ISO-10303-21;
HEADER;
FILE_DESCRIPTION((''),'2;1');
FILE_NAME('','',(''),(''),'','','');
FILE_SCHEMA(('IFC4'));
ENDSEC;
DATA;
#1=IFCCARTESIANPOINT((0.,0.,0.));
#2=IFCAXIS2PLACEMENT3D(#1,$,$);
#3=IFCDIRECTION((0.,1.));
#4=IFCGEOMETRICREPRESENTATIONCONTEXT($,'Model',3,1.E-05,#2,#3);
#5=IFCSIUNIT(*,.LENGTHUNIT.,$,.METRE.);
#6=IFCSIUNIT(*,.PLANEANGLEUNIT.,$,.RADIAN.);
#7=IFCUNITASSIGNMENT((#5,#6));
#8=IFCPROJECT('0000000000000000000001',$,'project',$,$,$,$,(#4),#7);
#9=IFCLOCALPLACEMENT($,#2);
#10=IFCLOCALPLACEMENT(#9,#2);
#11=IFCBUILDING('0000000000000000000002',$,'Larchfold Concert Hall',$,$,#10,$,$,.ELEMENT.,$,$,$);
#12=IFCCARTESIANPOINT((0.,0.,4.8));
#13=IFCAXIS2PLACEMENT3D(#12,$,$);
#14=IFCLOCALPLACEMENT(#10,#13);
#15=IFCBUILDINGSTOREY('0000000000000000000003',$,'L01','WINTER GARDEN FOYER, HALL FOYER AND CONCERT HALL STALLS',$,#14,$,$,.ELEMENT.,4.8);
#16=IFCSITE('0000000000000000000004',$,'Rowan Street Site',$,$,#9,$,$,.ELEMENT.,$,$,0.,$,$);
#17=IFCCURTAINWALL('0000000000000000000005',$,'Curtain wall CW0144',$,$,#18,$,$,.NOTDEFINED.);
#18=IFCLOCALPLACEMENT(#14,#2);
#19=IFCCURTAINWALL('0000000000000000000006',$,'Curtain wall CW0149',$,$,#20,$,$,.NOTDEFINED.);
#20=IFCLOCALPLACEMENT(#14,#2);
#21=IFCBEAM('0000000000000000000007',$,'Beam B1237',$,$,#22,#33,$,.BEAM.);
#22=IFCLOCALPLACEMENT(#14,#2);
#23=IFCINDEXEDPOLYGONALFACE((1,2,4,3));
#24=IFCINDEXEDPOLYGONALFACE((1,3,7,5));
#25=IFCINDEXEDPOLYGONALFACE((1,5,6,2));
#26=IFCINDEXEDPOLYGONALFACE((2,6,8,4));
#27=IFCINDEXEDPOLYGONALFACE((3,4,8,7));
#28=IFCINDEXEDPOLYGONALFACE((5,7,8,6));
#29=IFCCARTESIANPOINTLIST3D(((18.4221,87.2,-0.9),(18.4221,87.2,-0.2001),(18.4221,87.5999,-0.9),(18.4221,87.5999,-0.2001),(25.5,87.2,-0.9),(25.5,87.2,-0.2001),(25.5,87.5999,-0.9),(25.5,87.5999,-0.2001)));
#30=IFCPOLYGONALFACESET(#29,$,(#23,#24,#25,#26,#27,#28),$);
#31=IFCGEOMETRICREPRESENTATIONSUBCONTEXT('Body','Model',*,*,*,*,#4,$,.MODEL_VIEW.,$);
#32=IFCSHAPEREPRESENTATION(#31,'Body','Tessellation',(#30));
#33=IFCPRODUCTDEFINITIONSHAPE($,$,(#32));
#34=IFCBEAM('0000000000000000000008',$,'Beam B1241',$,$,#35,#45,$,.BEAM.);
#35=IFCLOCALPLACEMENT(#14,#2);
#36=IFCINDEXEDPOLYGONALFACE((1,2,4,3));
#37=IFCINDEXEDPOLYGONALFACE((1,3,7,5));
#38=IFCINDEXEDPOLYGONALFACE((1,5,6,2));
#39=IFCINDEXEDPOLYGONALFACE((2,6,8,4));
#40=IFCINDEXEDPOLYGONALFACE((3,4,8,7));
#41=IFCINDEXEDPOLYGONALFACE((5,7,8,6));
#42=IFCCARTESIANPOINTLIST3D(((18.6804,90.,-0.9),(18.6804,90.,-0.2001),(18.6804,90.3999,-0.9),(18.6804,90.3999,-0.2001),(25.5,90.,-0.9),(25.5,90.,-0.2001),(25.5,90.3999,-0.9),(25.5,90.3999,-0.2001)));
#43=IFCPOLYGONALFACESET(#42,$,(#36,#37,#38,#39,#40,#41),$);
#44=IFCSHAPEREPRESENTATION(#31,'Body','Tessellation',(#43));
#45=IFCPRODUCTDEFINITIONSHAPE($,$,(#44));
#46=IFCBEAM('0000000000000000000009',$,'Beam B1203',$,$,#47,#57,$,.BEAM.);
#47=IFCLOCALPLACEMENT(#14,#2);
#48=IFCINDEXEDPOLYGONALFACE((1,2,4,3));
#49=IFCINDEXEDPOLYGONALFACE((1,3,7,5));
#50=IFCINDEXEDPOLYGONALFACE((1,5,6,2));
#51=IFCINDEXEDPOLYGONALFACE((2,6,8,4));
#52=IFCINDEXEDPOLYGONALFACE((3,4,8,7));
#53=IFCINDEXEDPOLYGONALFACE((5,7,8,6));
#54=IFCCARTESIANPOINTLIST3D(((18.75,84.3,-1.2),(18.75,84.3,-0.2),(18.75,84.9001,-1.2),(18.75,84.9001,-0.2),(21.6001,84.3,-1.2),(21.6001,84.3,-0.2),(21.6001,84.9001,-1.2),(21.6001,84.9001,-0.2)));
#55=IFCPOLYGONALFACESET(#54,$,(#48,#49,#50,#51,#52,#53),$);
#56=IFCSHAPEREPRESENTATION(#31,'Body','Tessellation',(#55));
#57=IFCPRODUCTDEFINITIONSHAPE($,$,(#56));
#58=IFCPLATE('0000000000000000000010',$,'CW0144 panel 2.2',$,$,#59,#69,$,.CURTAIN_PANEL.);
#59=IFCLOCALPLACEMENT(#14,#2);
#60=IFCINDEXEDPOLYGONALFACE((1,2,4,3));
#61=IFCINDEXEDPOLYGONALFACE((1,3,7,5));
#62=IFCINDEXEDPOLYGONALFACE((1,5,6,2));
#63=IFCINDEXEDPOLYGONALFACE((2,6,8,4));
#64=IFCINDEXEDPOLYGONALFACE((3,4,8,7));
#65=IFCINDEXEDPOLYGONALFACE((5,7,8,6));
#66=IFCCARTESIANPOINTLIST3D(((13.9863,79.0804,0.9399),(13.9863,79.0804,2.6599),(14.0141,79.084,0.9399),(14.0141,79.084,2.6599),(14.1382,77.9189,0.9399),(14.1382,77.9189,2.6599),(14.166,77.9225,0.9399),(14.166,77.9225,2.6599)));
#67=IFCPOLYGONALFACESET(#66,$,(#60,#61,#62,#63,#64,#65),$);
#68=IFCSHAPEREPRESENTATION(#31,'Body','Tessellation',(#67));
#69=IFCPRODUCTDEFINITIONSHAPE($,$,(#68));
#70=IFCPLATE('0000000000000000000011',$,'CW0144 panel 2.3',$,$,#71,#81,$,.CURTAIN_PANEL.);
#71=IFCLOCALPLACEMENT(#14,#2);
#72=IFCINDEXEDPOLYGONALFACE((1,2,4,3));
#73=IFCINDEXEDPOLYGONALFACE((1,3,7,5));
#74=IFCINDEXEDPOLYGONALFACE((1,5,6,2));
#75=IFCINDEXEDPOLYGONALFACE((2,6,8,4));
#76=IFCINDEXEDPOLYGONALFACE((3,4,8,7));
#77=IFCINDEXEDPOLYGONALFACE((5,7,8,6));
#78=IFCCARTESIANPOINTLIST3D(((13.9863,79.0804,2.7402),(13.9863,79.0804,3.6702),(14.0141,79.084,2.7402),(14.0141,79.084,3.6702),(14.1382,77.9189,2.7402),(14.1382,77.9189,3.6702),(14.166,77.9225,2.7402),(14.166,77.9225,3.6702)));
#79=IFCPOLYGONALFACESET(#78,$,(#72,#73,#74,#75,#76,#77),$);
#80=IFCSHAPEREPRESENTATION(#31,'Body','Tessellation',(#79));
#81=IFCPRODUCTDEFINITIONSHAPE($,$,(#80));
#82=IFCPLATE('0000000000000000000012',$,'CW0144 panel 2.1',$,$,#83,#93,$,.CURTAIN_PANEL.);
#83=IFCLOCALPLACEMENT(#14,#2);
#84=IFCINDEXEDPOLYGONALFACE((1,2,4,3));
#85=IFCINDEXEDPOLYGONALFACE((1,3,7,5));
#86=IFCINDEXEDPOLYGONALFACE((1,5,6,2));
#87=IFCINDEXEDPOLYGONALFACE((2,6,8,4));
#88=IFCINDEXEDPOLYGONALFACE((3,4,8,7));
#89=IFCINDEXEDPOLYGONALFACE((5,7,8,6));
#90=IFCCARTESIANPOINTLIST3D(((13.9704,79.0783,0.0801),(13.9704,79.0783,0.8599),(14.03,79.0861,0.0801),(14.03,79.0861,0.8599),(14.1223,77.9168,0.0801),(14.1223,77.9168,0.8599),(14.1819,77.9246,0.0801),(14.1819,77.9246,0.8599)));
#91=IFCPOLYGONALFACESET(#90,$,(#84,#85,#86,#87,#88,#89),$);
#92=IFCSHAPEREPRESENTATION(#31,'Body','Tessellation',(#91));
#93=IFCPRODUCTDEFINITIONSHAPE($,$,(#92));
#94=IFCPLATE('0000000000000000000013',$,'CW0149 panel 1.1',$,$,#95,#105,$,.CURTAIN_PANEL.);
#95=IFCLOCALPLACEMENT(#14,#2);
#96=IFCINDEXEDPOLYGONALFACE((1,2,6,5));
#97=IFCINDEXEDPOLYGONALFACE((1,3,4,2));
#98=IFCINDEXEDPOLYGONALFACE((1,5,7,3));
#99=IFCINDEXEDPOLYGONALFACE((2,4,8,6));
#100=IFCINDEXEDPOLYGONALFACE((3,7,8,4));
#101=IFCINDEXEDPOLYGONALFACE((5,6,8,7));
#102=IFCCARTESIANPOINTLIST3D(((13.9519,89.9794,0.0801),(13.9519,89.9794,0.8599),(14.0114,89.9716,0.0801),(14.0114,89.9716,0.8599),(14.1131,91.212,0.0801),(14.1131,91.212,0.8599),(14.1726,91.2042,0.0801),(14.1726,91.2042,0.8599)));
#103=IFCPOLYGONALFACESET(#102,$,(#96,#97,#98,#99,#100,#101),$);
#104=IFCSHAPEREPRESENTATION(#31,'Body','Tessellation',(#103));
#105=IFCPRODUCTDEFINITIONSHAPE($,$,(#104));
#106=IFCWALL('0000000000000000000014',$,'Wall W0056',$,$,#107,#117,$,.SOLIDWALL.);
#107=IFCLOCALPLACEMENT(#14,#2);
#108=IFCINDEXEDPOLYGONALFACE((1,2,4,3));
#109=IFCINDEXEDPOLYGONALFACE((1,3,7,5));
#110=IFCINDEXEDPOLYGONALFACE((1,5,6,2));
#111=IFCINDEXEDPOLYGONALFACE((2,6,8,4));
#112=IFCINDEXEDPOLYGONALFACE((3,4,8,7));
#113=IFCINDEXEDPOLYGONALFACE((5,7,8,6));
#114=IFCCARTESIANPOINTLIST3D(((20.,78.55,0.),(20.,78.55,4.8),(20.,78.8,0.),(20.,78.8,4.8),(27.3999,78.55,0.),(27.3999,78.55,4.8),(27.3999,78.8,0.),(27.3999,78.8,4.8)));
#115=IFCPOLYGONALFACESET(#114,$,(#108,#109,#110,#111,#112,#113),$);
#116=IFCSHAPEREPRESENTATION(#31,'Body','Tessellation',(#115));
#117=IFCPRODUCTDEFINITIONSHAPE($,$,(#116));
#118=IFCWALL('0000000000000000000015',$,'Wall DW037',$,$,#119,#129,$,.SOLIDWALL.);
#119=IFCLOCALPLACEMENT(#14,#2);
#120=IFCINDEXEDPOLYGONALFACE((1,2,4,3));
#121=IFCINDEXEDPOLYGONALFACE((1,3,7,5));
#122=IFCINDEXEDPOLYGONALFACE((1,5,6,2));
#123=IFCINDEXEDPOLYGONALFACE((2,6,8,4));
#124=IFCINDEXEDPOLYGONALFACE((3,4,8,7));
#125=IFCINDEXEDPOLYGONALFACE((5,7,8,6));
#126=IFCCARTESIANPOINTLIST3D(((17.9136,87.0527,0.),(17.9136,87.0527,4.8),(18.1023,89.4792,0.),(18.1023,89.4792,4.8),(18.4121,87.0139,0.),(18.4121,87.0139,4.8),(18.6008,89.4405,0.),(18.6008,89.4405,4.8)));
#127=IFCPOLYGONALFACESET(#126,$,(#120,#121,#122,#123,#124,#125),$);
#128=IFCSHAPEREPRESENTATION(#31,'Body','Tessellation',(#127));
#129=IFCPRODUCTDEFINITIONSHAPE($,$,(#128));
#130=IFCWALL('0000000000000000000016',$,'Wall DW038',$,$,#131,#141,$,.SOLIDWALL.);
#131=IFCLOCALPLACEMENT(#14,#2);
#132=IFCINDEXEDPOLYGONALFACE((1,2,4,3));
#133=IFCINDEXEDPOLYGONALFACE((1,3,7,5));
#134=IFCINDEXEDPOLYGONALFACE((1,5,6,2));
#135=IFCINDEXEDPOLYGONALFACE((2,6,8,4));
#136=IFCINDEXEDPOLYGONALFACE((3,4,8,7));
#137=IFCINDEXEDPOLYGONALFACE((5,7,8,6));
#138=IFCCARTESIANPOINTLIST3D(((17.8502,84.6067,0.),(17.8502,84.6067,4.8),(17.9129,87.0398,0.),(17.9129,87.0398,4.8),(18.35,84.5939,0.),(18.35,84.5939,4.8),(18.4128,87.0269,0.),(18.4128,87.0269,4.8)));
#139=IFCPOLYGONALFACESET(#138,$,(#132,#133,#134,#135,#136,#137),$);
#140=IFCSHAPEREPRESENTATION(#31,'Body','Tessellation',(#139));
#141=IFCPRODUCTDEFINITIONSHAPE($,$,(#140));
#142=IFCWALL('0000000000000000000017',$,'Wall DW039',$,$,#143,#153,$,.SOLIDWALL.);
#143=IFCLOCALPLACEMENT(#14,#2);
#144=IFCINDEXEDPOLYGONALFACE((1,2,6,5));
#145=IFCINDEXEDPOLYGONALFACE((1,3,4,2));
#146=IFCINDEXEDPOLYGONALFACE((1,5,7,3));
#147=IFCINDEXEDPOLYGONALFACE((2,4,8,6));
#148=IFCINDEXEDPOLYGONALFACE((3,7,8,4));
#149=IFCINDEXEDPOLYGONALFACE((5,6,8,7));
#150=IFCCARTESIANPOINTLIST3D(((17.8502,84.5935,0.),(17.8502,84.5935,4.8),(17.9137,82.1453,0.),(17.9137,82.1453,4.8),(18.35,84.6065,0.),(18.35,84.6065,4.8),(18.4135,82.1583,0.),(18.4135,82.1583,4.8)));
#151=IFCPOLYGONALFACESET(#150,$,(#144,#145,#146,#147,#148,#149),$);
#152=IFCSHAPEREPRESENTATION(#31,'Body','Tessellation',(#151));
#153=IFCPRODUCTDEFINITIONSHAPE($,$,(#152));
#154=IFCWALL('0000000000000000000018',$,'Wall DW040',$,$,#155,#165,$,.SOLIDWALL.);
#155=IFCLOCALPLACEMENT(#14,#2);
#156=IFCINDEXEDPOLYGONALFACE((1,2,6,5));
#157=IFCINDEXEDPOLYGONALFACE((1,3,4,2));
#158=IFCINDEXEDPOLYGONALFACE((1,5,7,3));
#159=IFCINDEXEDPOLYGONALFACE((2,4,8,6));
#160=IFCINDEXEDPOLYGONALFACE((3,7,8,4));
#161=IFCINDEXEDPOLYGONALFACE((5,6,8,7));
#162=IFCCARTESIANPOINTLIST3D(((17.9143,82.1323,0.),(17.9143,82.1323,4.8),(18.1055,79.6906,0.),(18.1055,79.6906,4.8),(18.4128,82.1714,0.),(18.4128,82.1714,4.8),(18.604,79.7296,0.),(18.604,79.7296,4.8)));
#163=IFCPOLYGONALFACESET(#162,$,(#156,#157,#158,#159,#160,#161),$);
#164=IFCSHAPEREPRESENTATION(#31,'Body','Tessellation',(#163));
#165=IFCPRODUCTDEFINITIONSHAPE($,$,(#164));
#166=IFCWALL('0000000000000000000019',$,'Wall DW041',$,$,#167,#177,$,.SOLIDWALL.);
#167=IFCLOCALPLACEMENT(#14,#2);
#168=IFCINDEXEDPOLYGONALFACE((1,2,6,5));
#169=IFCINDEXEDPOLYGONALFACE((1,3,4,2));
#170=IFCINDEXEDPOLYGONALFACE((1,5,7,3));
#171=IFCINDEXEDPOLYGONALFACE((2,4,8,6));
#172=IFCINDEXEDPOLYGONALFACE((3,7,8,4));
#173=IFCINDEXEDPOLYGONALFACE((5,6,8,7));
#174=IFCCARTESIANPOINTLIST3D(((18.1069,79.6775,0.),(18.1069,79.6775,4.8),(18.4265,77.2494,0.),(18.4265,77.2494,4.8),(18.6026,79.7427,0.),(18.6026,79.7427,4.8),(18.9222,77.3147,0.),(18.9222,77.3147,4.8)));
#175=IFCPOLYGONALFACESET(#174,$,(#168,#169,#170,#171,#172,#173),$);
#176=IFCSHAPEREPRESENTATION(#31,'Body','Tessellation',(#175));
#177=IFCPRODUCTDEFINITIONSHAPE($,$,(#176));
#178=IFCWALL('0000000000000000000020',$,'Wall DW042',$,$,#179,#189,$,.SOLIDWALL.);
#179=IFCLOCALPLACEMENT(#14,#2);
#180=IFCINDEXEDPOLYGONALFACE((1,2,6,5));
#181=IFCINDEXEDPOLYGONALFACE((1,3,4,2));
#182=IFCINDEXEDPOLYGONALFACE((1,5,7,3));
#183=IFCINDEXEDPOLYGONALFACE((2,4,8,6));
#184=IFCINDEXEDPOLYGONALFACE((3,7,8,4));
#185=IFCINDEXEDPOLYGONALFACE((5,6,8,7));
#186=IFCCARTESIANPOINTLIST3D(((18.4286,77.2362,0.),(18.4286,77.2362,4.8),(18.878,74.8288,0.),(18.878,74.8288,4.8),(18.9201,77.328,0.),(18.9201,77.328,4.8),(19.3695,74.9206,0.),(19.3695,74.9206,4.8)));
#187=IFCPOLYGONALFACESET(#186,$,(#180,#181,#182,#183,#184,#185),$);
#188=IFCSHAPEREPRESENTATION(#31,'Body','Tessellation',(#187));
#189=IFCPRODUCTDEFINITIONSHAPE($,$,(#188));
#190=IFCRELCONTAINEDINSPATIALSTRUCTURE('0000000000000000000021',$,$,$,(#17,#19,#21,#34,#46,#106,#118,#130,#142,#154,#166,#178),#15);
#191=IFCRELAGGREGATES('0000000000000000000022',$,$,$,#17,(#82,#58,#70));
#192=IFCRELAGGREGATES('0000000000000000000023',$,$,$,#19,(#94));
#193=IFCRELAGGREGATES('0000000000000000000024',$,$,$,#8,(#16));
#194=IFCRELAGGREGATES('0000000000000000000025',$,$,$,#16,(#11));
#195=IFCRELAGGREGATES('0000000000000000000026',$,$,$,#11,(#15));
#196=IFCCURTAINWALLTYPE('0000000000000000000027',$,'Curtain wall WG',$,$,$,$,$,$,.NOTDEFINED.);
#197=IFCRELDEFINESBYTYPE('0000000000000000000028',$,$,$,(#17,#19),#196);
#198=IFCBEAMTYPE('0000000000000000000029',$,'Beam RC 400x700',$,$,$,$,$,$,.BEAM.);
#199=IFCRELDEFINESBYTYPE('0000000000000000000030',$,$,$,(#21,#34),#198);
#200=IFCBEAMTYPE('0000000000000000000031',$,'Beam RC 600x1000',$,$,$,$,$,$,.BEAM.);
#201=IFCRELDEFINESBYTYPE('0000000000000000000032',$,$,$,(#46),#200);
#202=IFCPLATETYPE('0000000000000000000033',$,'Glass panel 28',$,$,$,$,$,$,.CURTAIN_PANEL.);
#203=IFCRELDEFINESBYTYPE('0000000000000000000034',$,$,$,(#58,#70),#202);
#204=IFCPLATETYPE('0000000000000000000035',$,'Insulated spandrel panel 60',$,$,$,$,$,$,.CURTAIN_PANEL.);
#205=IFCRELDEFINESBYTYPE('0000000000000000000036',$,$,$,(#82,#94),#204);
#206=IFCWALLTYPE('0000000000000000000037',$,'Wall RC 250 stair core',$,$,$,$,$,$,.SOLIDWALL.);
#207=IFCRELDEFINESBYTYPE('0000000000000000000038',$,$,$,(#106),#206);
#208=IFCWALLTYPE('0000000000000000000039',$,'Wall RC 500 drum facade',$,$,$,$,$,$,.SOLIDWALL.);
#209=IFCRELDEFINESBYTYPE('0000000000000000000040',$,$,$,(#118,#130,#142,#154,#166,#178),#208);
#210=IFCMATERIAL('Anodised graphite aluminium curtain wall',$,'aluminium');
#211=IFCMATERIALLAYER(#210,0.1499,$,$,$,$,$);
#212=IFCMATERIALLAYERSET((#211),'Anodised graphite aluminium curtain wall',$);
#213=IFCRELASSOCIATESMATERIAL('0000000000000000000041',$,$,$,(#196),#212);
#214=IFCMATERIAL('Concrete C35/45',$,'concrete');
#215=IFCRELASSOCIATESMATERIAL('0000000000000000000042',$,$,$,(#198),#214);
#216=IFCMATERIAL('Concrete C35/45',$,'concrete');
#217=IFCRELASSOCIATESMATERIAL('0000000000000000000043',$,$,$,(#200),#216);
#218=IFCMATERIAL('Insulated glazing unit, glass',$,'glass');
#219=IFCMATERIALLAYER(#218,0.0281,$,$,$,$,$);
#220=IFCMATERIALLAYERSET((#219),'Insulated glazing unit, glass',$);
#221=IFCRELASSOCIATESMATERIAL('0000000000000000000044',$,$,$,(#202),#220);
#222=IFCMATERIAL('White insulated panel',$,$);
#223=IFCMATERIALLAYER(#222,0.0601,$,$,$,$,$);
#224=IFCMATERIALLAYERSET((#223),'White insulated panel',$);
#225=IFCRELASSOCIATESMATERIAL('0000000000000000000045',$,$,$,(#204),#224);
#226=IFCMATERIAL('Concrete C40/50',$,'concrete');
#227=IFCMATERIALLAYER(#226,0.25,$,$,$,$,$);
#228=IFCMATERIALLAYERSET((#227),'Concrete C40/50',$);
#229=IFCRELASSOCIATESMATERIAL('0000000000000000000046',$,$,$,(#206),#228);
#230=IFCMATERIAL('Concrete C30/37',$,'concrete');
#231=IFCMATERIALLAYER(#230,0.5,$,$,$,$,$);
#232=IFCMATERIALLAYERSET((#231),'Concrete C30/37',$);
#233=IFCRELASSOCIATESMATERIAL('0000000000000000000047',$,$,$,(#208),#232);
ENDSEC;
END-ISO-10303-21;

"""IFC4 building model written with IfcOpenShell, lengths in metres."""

from ifc_helpers import new_model, si_unit, direction, frame, frame_2d, origin, origin_2d, place, context, subcontext, project, spatial, rectangle, extrude, material, layer, layer_set, material_profile, profile_set, type_object, element, aggregate, save


model = new_model("IFC4")

# Units and contexts
model_context = context("Model", 3, precision=1e-05, world=origin(), true_north=direction((0.0, 1.0)))
body_context = subcontext(model_context, "Body", "Model", "MODEL_VIEW")
ifc_project = project(units=[si_unit("LENGTHUNIT", "METRE"), si_unit("PLANEANGLEUNIT", "RADIAN")], contexts=[model_context])

# Site, building, storey
site_placement = place(None, origin())
site = spatial("IfcSite", under=ifc_project, at=site_placement, Name="Rowan Street Site", CompositionType="ELEMENT", RefElevation=0.0)
building_placement = place(site_placement, origin())
building = spatial("IfcBuilding", under=site, at=building_placement, Name="Larchfold Concert Hall", CompositionType="ELEMENT")
storey_placement = place(building_placement, frame((0.0, 0.0, 4.8)))
storey = spatial("IfcBuildingStorey", under=building, at=storey_placement, Name="L01", Description="WINTER GARDEN FOYER, HALL FOYER AND CONCERT HALL STALLS", CompositionType="ELEMENT", Elevation=4.8)

# Curtain walls
ifc_material_1 = material(Name="Anodised graphite aluminium curtain wall", Category="aluminium")
ifc_layer_1 = layer(ifc_material_1, 0.1499)
ifc_layer_set_1 = layer_set([ifc_layer_1], Name="Anodised graphite aluminium curtain wall")
curtain_wall_type = type_object("IfcCurtainWallType", Name="Curtain wall WG", PredefinedType="NOTDEFINED", material=ifc_layer_set_1)
curtain_wall_1_placement = place(storey_placement, origin())
curtain_wall_1 = element("IfcCurtainWall", 1, at=curtain_wall_1_placement, inside=storey, type_object=curtain_wall_type, Name="Curtain wall CW0144", PredefinedType="NOTDEFINED")
curtain_wall_2_placement = place(storey_placement, origin())
curtain_wall_2 = element("IfcCurtainWall", 2, at=curtain_wall_2_placement, inside=storey, type_object=curtain_wall_type, Name="Curtain wall CW0149", PredefinedType="NOTDEFINED")

# Beams
ifc_material_2 = material(Name="Concrete C35/45", Category="concrete")
ifc_material_profile_1 = material_profile(ifc_material_2, rectangle(XDim=0.3999, YDim=0.7, at=origin_2d()))
ifc_profile_set_1 = profile_set([ifc_material_profile_1], Name="Concrete C35/45")
beam_type_1 = type_object("IfcBeamType", Name="Beam RC 400x700", PredefinedType="BEAM", material=ifc_profile_set_1)
beam_1_placement = place(storey_placement, frame((18.4221, 87.3999, -0.55), z_axis=(1.0, 0.0, 0.0), x_axis=(0.0, 1.0, 0.0)))
element("IfcBeam", 3, at=beam_1_placement, inside=storey, type_object=beam_type_1, Name="Beam B1237", PredefinedType="BEAM", context=body_context, shape_type="SweptSolid", body=[
    extrude(rectangle(XDim=0.3999, YDim=0.7, at=origin_2d()), origin(), (0.0, 0.0, 1.0), 7.0779),
])
beam_2_placement = place(storey_placement, frame((18.6804, 90.2, -0.55), z_axis=(1.0, 0.0, 0.0), x_axis=(0.0, 1.0, 0.0)))
element("IfcBeam", 4, at=beam_2_placement, inside=storey, type_object=beam_type_1, Name="Beam B1241", PredefinedType="BEAM", context=body_context, shape_type="SweptSolid", body=[
    extrude(rectangle(XDim=0.3999, YDim=0.7, at=origin_2d()), origin(), (0.0, 0.0, 1.0), 6.8196),
])
ifc_material_3 = material(Name="Concrete C35/45", Category="concrete")
ifc_material_profile_2 = material_profile(ifc_material_3, rectangle(XDim=0.6001, YDim=1.0, at=origin_2d()))
ifc_profile_set_2 = profile_set([ifc_material_profile_2], Name="Concrete C35/45")
beam_type_2 = type_object("IfcBeamType", Name="Beam RC 600x1000", PredefinedType="BEAM", material=ifc_profile_set_2)
beam_3_placement = place(storey_placement, frame((18.75, 84.6001, -0.7), z_axis=(1.0, 0.0, 0.0), x_axis=(0.0, 1.0, 0.0)))
element("IfcBeam", 5, at=beam_3_placement, inside=storey, type_object=beam_type_2, Name="Beam B1203", PredefinedType="BEAM", context=body_context, shape_type="SweptSolid", body=[
    extrude(rectangle(XDim=0.6001, YDim=1.0, at=origin_2d()), origin(), (0.0, 0.0, 1.0), 2.8501),
])

# Plates
ifc_material_4 = material(Name="Insulated glazing unit, glass", Category="glass")
ifc_layer_2 = layer(ifc_material_4, 0.0281)
ifc_layer_set_2 = layer_set([ifc_layer_2], Name="Insulated glazing unit, glass")
plate_type_1 = type_object("IfcPlateType", Name="Glass panel 28", PredefinedType="CURTAIN_PANEL", material=ifc_layer_set_2)
plate_1_placement = place(storey_placement, frame((14.0762, 78.5015, 0.9399), z_axis=(0.0, 0.0, 1.0), x_axis=(-0.129678, 0.991556, 0.0)))
plate_1 = element("IfcPlate", 6, at=plate_1_placement, type_object=plate_type_1, Name="CW0144 panel 2.2", PredefinedType="CURTAIN_PANEL", context=body_context, shape_type="SweptSolid", body=[
    extrude(rectangle(XDim=1.1714, YDim=0.0281, at=origin_2d()), origin(), (0.0, 0.0, 1.0), 1.72),
])
plate_2_placement = place(storey_placement, frame((14.0762, 78.5015, 2.7402), z_axis=(0.0, 0.0, 1.0), x_axis=(-0.129678, 0.991556, 0.0)))
plate_2 = element("IfcPlate", 7, at=plate_2_placement, type_object=plate_type_1, Name="CW0144 panel 2.3", PredefinedType="CURTAIN_PANEL", context=body_context, shape_type="SweptSolid", body=[
    extrude(rectangle(XDim=1.1714, YDim=0.0281, at=origin_2d()), origin(), (0.0, 0.0, 1.0), 0.9299),
])
ifc_material_5 = material(Name="White insulated panel")
ifc_layer_3 = layer(ifc_material_5, 0.0601)
ifc_layer_set_3 = layer_set([ifc_layer_3], Name="White insulated panel")
plate_type_2 = type_object("IfcPlateType", Name="Insulated spandrel panel 60", PredefinedType="CURTAIN_PANEL", material=ifc_layer_set_3)
plate_3_placement = place(storey_placement, frame((14.0762, 78.5015, 0.0801), z_axis=(0.0, 0.0, 1.0), x_axis=(-0.129678, 0.991556, 0.0)))
plate_3 = element("IfcPlate", 8, at=plate_3_placement, type_object=plate_type_2, Name="CW0144 panel 2.1", PredefinedType="CURTAIN_PANEL", context=body_context, shape_type="SweptSolid", body=[
    extrude(rectangle(XDim=1.1714, YDim=0.0601, at=origin_2d()), origin(), (0.0, 0.0, 1.0), 0.7798),
])
aggregate(curtain_wall_1, [plate_3, plate_1, plate_2])
plate_4_placement = place(storey_placement, frame((14.0623, 90.5918, 0.0801), z_axis=(0.0, 0.0, 1.0), x_axis=(0.129644, 0.991561, 0.0)))
plate_4 = element("IfcPlate", 9, at=plate_4_placement, type_object=plate_type_2, Name="CW0149 panel 1.1", PredefinedType="CURTAIN_PANEL", context=body_context, shape_type="SweptSolid", body=[
    extrude(rectangle(XDim=1.2432, YDim=0.0601, at=origin_2d()), origin(), (0.0, 0.0, 1.0), 0.7798),
])
aggregate(curtain_wall_2, [plate_4])

# Walls
ifc_material_6 = material(Name="Concrete C40/50", Category="concrete")
ifc_layer_4 = layer(ifc_material_6, 0.25)
ifc_layer_set_4 = layer_set([ifc_layer_4], Name="Concrete C40/50")
wall_type_1 = type_object("IfcWallType", Name="Wall RC 250 stair core", PredefinedType="SOLIDWALL", material=ifc_layer_set_4)
wall_1_placement = place(storey_placement, frame((20.0, 78.675, 0.0), z_axis=(0.0, 0.0, 1.0), x_axis=(1.0, 0.0, 0.0)))
element("IfcWall", 10, at=wall_1_placement, inside=storey, type_object=wall_type_1, Name="Wall W0056", PredefinedType="SOLIDWALL", context=body_context, shape_type="SweptSolid", body=[
    extrude(rectangle(XDim=7.3999, YDim=0.25, at=frame_2d((3.7, 0.0))), origin(), (0.0, 0.0, 1.0), 4.8),
])
ifc_material_7 = material(Name="Concrete C30/37", Category="concrete")
ifc_layer_5 = layer(ifc_material_7, 0.5)
ifc_layer_set_5 = layer_set([ifc_layer_5], Name="Concrete C30/37")
wall_type_2 = type_object("IfcWallType", Name="Wall RC 500 drum facade", PredefinedType="SOLIDWALL", material=ifc_layer_set_5)
for number, where, z_axis, x_axis, name in (
    (11, (18.3516, 89.4597, 0.0), (0.0, 0.0, 1.0), (-0.07754, -0.996989, 0.0), "Wall DW037"),
    (12, (18.1628, 87.0332, 0.0), (0.0, 0.0, 1.0), (-0.025779, -0.999668, 0.0), "Wall DW038"),
):
    element("IfcWall", number, at=place(storey_placement, frame(where, z_axis=z_axis, x_axis=x_axis)), inside=storey, type_object=wall_type_2, Name=name, PredefinedType="SOLIDWALL", context=body_context, shape_type="SweptSolid", body=[
        extrude(rectangle(XDim=2.4338, YDim=0.5, at=frame_2d((1.2168, 0.0))), origin(), (0.0, 0.0, 1.0), 4.8),
    ])
wall_2_placement = place(storey_placement, frame((18.1001, 84.6001, 0.0), z_axis=(0.0, 0.0, 1.0), x_axis=(0.025919, -0.999664, 0.0)))
element("IfcWall", 13, at=wall_2_placement, inside=storey, type_object=wall_type_2, Name="Wall DW039", PredefinedType="SOLIDWALL", context=body_context, shape_type="SweptSolid", body=[
    extrude(rectangle(XDim=2.449, YDim=0.5, at=frame_2d((1.2246, 0.0))), origin(), (0.0, 0.0, 1.0), 4.8),
])
wall_3_placement = place(storey_placement, frame((18.1636, 82.1519, 0.0), z_axis=(0.0, 0.0, 1.0), x_axis=(0.078053, -0.996949, 0.0)))
element("IfcWall", 14, at=wall_3_placement, inside=storey, type_object=wall_type_2, Name="Wall DW040", PredefinedType="SOLIDWALL", context=body_context, shape_type="SweptSolid", body=[
    extrude(rectangle(XDim=2.4492, YDim=0.5, at=frame_2d((1.2246, 0.0))), origin(), (0.0, 0.0, 1.0), 4.8),
])
for number, where, z_axis, x_axis, name in (
    (15, (18.3547, 79.7102, 0.0), (0.0, 0.0, 1.0), (0.130498, -0.991449, 0.0), "Wall DW041"),
    (16, (18.6743, 77.2822, 0.0), (0.0, 0.0, 1.0), (0.183524, -0.983015, 0.0), "Wall DW042"),
):
    element("IfcWall", number, at=place(storey_placement, frame(where, z_axis=z_axis, x_axis=x_axis)), inside=storey, type_object=wall_type_2, Name=name, PredefinedType="SOLIDWALL", context=body_context, shape_type="SweptSolid", body=[
        extrude(rectangle(XDim=2.449, YDim=0.5, at=frame_2d((1.2246, 0.0))), origin(), (0.0, 0.0, 1.0), 4.8),
    ])

save(model, "model.ifc")
